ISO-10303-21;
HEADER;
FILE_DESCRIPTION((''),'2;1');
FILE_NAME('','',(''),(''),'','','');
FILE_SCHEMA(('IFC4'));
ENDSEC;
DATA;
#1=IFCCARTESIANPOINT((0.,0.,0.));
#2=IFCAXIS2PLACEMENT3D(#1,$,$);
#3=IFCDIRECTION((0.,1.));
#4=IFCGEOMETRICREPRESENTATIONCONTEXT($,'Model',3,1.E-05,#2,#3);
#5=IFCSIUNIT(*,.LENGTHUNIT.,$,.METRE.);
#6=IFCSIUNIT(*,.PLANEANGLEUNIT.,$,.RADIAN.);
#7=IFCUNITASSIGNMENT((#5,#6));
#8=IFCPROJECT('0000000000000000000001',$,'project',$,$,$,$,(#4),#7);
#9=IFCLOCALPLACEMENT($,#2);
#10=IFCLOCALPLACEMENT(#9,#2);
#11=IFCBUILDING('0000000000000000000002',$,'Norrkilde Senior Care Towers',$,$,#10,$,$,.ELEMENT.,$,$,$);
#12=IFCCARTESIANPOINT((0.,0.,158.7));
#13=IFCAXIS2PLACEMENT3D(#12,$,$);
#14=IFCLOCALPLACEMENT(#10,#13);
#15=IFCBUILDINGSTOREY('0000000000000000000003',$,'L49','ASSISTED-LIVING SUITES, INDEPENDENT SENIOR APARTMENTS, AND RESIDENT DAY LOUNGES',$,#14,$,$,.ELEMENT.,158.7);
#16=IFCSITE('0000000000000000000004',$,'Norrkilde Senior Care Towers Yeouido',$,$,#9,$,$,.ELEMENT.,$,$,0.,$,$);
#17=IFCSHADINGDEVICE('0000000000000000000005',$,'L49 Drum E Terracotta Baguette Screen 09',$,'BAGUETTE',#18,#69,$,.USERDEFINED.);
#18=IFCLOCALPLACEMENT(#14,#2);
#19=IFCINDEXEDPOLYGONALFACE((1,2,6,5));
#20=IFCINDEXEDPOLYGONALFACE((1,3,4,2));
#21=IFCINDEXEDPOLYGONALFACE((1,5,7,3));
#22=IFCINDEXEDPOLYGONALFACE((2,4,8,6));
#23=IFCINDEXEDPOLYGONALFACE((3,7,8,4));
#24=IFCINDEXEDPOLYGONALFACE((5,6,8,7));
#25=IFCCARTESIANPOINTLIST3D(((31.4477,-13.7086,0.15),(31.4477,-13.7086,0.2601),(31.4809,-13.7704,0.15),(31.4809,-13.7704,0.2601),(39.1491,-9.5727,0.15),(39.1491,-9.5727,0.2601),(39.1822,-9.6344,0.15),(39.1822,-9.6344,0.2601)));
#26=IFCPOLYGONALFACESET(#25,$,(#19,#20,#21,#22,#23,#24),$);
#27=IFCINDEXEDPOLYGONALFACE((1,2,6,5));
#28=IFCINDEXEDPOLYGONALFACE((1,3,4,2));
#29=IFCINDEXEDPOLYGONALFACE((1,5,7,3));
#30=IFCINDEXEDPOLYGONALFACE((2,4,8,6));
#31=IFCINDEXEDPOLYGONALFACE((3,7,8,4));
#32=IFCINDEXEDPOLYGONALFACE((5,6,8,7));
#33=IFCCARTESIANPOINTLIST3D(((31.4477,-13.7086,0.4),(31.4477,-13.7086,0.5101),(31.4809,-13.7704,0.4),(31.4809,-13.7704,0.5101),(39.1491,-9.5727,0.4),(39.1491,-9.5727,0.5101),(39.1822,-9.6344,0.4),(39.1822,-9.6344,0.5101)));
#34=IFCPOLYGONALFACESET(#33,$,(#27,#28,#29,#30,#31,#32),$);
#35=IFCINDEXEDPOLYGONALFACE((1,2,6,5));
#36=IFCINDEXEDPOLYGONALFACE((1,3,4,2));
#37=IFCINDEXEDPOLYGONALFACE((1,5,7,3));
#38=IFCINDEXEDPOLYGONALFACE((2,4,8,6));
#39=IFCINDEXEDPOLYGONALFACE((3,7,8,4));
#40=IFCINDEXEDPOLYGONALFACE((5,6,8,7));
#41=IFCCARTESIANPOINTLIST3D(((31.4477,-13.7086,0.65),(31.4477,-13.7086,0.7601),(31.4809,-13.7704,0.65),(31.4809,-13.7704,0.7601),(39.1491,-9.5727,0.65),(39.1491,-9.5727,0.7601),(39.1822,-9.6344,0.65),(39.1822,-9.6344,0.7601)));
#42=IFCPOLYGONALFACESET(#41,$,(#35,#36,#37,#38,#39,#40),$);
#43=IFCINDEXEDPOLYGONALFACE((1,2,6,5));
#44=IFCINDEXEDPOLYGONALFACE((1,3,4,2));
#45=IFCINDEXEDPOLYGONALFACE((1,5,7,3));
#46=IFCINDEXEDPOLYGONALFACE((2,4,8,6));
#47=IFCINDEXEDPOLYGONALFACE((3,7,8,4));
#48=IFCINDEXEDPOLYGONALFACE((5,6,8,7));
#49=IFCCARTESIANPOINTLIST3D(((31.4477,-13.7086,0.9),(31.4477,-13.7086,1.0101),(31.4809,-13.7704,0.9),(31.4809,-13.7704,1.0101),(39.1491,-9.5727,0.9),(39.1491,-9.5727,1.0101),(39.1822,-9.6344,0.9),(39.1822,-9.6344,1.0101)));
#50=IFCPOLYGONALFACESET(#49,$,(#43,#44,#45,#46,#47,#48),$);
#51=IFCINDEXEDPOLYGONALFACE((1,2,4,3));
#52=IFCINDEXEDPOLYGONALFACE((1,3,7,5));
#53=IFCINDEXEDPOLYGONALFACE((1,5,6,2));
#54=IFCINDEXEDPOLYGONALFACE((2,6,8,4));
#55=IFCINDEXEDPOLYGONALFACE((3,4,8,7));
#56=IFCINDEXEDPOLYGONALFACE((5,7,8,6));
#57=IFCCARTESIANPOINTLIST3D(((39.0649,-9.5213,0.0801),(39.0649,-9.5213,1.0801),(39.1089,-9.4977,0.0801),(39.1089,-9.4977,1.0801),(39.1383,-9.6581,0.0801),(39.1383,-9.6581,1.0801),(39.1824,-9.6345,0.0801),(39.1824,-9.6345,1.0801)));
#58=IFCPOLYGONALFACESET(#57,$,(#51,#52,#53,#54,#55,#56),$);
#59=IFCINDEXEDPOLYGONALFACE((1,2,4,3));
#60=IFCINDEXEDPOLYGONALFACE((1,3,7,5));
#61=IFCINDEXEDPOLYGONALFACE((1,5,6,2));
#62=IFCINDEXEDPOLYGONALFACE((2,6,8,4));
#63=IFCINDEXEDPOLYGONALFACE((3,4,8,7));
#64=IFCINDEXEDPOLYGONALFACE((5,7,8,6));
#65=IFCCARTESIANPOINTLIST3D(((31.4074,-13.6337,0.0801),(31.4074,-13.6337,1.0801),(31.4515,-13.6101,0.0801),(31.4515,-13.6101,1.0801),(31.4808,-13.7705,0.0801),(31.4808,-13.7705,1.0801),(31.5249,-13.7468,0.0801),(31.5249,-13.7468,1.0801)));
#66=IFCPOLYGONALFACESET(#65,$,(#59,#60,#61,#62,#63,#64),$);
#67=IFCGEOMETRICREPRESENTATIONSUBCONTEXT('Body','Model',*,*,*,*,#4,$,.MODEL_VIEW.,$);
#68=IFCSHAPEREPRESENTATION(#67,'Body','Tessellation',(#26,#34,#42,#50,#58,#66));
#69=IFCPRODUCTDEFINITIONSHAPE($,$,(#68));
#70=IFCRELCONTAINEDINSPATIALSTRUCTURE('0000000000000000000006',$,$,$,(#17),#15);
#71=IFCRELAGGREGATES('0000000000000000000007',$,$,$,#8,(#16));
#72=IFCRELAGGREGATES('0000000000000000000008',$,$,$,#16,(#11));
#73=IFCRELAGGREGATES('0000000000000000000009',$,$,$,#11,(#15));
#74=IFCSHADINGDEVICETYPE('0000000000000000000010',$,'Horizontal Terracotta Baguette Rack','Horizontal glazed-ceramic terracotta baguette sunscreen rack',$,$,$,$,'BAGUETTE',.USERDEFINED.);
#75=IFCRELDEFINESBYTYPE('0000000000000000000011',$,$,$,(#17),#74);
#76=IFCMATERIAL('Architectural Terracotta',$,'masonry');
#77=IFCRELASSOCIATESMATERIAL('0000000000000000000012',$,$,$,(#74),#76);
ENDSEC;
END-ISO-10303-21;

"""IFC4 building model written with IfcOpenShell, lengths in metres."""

from ifc_helpers import new_model, si_unit, direction, frame, origin, origin_2d, place, context, subcontext, project, spatial, rectangle, extrude, source, transform, mapped, material, type_object, type_shapes, element, save


model = new_model("IFC4")

# Units and contexts
model_context = context("Model", 3, precision=1e-05, world=origin(), true_north=direction((0.0, 1.0)))
body_context = subcontext(model_context, "Body", "Model", "MODEL_VIEW")
ifc_project = project(units=[si_unit("LENGTHUNIT", "METRE"), si_unit("PLANEANGLEUNIT", "RADIAN")], contexts=[model_context])

# Site, building, storey
site_placement = place(None, origin())
site = spatial("IfcSite", under=ifc_project, at=site_placement, Name="Norrkilde Senior Care Towers Yeouido", CompositionType="ELEMENT", RefElevation=0.0)
building_placement = place(site_placement, origin())
building = spatial("IfcBuilding", under=site, at=building_placement, Name="Norrkilde Senior Care Towers", CompositionType="ELEMENT")
storey_placement = place(building_placement, frame((0.0, 0.0, 158.7)))
storey = spatial("IfcBuildingStorey", under=building, at=storey_placement, Name="L49", Description="ASSISTED-LIVING SUITES, INDEPENDENT SENIOR APARTMENTS, AND RESIDENT DAY LOUNGES", CompositionType="ELEMENT", Elevation=158.7)

# Shading device
ifc_material_1 = material(Name="Architectural Terracotta", Category="masonry")
shading_device_type = type_object("IfcShadingDeviceType", Name="Horizontal Terracotta Baguette Rack", Description="Horizontal glazed-ceramic terracotta baguette sunscreen rack", ElementType="BAGUETTE", PredefinedType="USERDEFINED", material=ifc_material_1)
shared_shape_1 = source(origin(), body_context, "Body", "SweptSolid", [
    extrude(rectangle(XDim=0.0701, YDim=0.1101, at=origin_2d()), frame((0.0, 0.0901, 0.125), z_axis=(1.0, 0.0, 0.0), x_axis=(0.0, 1.0, 0.0)), (0.0, 0.0, 1.0), 8.7417),
    extrude(rectangle(XDim=0.0701, YDim=0.1101, at=origin_2d()), frame((0.0, 0.0901, 0.375), z_axis=(1.0, 0.0, 0.0), x_axis=(0.0, 1.0, 0.0)), (0.0, 0.0, 1.0), 8.7417),
    extrude(rectangle(XDim=0.0701, YDim=0.1101, at=origin_2d()), frame((0.0, 0.0901, 0.625), z_axis=(1.0, 0.0, 0.0), x_axis=(0.0, 1.0, 0.0)), (0.0, 0.0, 1.0), 8.7417),
    extrude(rectangle(XDim=0.0701, YDim=0.1101, at=origin_2d()), frame((0.0, 0.0901, 0.875), z_axis=(1.0, 0.0, 0.0), x_axis=(0.0, 1.0, 0.0)), (0.0, 0.0, 1.0), 8.7417),
    extrude(rectangle(XDim=0.05, YDim=0.1553, at=origin_2d()), frame((0.0249, 0.0476, 0.0)), (0.0, 0.0, 1.0), 1.0),
    extrude(rectangle(XDim=0.05, YDim=0.1553, at=origin_2d()), frame((8.7168, 0.0476, 0.0)), (0.0, 0.0, 1.0), 1.0),
])
type_shapes(shading_device_type, [shared_shape_1])
shading_device_placement = place(storey_placement, frame((39.123, -9.5242, 0.0801), z_axis=(0.0, 0.0, 1.0), x_axis=(-0.880998, -0.473133, 0.0)))
element("IfcShadingDevice", 1, at=shading_device_placement, inside=storey, type_object=shading_device_type, Name="L49 Drum E Terracotta Baguette Screen 09", ObjectType="BAGUETTE", PredefinedType="USERDEFINED", context=body_context, shape_type="MappedRepresentation", body=[
    mapped(shared_shape_1, transform((0.0, 0.0, 0.0), x_axis=(1.0, 0.0, 0.0), y_axis=(0.0, 1.0, 0.0), z_axis=(0.0, 0.0, 1.0), scale=1.0)),
])

save(model, "model.ifc")
